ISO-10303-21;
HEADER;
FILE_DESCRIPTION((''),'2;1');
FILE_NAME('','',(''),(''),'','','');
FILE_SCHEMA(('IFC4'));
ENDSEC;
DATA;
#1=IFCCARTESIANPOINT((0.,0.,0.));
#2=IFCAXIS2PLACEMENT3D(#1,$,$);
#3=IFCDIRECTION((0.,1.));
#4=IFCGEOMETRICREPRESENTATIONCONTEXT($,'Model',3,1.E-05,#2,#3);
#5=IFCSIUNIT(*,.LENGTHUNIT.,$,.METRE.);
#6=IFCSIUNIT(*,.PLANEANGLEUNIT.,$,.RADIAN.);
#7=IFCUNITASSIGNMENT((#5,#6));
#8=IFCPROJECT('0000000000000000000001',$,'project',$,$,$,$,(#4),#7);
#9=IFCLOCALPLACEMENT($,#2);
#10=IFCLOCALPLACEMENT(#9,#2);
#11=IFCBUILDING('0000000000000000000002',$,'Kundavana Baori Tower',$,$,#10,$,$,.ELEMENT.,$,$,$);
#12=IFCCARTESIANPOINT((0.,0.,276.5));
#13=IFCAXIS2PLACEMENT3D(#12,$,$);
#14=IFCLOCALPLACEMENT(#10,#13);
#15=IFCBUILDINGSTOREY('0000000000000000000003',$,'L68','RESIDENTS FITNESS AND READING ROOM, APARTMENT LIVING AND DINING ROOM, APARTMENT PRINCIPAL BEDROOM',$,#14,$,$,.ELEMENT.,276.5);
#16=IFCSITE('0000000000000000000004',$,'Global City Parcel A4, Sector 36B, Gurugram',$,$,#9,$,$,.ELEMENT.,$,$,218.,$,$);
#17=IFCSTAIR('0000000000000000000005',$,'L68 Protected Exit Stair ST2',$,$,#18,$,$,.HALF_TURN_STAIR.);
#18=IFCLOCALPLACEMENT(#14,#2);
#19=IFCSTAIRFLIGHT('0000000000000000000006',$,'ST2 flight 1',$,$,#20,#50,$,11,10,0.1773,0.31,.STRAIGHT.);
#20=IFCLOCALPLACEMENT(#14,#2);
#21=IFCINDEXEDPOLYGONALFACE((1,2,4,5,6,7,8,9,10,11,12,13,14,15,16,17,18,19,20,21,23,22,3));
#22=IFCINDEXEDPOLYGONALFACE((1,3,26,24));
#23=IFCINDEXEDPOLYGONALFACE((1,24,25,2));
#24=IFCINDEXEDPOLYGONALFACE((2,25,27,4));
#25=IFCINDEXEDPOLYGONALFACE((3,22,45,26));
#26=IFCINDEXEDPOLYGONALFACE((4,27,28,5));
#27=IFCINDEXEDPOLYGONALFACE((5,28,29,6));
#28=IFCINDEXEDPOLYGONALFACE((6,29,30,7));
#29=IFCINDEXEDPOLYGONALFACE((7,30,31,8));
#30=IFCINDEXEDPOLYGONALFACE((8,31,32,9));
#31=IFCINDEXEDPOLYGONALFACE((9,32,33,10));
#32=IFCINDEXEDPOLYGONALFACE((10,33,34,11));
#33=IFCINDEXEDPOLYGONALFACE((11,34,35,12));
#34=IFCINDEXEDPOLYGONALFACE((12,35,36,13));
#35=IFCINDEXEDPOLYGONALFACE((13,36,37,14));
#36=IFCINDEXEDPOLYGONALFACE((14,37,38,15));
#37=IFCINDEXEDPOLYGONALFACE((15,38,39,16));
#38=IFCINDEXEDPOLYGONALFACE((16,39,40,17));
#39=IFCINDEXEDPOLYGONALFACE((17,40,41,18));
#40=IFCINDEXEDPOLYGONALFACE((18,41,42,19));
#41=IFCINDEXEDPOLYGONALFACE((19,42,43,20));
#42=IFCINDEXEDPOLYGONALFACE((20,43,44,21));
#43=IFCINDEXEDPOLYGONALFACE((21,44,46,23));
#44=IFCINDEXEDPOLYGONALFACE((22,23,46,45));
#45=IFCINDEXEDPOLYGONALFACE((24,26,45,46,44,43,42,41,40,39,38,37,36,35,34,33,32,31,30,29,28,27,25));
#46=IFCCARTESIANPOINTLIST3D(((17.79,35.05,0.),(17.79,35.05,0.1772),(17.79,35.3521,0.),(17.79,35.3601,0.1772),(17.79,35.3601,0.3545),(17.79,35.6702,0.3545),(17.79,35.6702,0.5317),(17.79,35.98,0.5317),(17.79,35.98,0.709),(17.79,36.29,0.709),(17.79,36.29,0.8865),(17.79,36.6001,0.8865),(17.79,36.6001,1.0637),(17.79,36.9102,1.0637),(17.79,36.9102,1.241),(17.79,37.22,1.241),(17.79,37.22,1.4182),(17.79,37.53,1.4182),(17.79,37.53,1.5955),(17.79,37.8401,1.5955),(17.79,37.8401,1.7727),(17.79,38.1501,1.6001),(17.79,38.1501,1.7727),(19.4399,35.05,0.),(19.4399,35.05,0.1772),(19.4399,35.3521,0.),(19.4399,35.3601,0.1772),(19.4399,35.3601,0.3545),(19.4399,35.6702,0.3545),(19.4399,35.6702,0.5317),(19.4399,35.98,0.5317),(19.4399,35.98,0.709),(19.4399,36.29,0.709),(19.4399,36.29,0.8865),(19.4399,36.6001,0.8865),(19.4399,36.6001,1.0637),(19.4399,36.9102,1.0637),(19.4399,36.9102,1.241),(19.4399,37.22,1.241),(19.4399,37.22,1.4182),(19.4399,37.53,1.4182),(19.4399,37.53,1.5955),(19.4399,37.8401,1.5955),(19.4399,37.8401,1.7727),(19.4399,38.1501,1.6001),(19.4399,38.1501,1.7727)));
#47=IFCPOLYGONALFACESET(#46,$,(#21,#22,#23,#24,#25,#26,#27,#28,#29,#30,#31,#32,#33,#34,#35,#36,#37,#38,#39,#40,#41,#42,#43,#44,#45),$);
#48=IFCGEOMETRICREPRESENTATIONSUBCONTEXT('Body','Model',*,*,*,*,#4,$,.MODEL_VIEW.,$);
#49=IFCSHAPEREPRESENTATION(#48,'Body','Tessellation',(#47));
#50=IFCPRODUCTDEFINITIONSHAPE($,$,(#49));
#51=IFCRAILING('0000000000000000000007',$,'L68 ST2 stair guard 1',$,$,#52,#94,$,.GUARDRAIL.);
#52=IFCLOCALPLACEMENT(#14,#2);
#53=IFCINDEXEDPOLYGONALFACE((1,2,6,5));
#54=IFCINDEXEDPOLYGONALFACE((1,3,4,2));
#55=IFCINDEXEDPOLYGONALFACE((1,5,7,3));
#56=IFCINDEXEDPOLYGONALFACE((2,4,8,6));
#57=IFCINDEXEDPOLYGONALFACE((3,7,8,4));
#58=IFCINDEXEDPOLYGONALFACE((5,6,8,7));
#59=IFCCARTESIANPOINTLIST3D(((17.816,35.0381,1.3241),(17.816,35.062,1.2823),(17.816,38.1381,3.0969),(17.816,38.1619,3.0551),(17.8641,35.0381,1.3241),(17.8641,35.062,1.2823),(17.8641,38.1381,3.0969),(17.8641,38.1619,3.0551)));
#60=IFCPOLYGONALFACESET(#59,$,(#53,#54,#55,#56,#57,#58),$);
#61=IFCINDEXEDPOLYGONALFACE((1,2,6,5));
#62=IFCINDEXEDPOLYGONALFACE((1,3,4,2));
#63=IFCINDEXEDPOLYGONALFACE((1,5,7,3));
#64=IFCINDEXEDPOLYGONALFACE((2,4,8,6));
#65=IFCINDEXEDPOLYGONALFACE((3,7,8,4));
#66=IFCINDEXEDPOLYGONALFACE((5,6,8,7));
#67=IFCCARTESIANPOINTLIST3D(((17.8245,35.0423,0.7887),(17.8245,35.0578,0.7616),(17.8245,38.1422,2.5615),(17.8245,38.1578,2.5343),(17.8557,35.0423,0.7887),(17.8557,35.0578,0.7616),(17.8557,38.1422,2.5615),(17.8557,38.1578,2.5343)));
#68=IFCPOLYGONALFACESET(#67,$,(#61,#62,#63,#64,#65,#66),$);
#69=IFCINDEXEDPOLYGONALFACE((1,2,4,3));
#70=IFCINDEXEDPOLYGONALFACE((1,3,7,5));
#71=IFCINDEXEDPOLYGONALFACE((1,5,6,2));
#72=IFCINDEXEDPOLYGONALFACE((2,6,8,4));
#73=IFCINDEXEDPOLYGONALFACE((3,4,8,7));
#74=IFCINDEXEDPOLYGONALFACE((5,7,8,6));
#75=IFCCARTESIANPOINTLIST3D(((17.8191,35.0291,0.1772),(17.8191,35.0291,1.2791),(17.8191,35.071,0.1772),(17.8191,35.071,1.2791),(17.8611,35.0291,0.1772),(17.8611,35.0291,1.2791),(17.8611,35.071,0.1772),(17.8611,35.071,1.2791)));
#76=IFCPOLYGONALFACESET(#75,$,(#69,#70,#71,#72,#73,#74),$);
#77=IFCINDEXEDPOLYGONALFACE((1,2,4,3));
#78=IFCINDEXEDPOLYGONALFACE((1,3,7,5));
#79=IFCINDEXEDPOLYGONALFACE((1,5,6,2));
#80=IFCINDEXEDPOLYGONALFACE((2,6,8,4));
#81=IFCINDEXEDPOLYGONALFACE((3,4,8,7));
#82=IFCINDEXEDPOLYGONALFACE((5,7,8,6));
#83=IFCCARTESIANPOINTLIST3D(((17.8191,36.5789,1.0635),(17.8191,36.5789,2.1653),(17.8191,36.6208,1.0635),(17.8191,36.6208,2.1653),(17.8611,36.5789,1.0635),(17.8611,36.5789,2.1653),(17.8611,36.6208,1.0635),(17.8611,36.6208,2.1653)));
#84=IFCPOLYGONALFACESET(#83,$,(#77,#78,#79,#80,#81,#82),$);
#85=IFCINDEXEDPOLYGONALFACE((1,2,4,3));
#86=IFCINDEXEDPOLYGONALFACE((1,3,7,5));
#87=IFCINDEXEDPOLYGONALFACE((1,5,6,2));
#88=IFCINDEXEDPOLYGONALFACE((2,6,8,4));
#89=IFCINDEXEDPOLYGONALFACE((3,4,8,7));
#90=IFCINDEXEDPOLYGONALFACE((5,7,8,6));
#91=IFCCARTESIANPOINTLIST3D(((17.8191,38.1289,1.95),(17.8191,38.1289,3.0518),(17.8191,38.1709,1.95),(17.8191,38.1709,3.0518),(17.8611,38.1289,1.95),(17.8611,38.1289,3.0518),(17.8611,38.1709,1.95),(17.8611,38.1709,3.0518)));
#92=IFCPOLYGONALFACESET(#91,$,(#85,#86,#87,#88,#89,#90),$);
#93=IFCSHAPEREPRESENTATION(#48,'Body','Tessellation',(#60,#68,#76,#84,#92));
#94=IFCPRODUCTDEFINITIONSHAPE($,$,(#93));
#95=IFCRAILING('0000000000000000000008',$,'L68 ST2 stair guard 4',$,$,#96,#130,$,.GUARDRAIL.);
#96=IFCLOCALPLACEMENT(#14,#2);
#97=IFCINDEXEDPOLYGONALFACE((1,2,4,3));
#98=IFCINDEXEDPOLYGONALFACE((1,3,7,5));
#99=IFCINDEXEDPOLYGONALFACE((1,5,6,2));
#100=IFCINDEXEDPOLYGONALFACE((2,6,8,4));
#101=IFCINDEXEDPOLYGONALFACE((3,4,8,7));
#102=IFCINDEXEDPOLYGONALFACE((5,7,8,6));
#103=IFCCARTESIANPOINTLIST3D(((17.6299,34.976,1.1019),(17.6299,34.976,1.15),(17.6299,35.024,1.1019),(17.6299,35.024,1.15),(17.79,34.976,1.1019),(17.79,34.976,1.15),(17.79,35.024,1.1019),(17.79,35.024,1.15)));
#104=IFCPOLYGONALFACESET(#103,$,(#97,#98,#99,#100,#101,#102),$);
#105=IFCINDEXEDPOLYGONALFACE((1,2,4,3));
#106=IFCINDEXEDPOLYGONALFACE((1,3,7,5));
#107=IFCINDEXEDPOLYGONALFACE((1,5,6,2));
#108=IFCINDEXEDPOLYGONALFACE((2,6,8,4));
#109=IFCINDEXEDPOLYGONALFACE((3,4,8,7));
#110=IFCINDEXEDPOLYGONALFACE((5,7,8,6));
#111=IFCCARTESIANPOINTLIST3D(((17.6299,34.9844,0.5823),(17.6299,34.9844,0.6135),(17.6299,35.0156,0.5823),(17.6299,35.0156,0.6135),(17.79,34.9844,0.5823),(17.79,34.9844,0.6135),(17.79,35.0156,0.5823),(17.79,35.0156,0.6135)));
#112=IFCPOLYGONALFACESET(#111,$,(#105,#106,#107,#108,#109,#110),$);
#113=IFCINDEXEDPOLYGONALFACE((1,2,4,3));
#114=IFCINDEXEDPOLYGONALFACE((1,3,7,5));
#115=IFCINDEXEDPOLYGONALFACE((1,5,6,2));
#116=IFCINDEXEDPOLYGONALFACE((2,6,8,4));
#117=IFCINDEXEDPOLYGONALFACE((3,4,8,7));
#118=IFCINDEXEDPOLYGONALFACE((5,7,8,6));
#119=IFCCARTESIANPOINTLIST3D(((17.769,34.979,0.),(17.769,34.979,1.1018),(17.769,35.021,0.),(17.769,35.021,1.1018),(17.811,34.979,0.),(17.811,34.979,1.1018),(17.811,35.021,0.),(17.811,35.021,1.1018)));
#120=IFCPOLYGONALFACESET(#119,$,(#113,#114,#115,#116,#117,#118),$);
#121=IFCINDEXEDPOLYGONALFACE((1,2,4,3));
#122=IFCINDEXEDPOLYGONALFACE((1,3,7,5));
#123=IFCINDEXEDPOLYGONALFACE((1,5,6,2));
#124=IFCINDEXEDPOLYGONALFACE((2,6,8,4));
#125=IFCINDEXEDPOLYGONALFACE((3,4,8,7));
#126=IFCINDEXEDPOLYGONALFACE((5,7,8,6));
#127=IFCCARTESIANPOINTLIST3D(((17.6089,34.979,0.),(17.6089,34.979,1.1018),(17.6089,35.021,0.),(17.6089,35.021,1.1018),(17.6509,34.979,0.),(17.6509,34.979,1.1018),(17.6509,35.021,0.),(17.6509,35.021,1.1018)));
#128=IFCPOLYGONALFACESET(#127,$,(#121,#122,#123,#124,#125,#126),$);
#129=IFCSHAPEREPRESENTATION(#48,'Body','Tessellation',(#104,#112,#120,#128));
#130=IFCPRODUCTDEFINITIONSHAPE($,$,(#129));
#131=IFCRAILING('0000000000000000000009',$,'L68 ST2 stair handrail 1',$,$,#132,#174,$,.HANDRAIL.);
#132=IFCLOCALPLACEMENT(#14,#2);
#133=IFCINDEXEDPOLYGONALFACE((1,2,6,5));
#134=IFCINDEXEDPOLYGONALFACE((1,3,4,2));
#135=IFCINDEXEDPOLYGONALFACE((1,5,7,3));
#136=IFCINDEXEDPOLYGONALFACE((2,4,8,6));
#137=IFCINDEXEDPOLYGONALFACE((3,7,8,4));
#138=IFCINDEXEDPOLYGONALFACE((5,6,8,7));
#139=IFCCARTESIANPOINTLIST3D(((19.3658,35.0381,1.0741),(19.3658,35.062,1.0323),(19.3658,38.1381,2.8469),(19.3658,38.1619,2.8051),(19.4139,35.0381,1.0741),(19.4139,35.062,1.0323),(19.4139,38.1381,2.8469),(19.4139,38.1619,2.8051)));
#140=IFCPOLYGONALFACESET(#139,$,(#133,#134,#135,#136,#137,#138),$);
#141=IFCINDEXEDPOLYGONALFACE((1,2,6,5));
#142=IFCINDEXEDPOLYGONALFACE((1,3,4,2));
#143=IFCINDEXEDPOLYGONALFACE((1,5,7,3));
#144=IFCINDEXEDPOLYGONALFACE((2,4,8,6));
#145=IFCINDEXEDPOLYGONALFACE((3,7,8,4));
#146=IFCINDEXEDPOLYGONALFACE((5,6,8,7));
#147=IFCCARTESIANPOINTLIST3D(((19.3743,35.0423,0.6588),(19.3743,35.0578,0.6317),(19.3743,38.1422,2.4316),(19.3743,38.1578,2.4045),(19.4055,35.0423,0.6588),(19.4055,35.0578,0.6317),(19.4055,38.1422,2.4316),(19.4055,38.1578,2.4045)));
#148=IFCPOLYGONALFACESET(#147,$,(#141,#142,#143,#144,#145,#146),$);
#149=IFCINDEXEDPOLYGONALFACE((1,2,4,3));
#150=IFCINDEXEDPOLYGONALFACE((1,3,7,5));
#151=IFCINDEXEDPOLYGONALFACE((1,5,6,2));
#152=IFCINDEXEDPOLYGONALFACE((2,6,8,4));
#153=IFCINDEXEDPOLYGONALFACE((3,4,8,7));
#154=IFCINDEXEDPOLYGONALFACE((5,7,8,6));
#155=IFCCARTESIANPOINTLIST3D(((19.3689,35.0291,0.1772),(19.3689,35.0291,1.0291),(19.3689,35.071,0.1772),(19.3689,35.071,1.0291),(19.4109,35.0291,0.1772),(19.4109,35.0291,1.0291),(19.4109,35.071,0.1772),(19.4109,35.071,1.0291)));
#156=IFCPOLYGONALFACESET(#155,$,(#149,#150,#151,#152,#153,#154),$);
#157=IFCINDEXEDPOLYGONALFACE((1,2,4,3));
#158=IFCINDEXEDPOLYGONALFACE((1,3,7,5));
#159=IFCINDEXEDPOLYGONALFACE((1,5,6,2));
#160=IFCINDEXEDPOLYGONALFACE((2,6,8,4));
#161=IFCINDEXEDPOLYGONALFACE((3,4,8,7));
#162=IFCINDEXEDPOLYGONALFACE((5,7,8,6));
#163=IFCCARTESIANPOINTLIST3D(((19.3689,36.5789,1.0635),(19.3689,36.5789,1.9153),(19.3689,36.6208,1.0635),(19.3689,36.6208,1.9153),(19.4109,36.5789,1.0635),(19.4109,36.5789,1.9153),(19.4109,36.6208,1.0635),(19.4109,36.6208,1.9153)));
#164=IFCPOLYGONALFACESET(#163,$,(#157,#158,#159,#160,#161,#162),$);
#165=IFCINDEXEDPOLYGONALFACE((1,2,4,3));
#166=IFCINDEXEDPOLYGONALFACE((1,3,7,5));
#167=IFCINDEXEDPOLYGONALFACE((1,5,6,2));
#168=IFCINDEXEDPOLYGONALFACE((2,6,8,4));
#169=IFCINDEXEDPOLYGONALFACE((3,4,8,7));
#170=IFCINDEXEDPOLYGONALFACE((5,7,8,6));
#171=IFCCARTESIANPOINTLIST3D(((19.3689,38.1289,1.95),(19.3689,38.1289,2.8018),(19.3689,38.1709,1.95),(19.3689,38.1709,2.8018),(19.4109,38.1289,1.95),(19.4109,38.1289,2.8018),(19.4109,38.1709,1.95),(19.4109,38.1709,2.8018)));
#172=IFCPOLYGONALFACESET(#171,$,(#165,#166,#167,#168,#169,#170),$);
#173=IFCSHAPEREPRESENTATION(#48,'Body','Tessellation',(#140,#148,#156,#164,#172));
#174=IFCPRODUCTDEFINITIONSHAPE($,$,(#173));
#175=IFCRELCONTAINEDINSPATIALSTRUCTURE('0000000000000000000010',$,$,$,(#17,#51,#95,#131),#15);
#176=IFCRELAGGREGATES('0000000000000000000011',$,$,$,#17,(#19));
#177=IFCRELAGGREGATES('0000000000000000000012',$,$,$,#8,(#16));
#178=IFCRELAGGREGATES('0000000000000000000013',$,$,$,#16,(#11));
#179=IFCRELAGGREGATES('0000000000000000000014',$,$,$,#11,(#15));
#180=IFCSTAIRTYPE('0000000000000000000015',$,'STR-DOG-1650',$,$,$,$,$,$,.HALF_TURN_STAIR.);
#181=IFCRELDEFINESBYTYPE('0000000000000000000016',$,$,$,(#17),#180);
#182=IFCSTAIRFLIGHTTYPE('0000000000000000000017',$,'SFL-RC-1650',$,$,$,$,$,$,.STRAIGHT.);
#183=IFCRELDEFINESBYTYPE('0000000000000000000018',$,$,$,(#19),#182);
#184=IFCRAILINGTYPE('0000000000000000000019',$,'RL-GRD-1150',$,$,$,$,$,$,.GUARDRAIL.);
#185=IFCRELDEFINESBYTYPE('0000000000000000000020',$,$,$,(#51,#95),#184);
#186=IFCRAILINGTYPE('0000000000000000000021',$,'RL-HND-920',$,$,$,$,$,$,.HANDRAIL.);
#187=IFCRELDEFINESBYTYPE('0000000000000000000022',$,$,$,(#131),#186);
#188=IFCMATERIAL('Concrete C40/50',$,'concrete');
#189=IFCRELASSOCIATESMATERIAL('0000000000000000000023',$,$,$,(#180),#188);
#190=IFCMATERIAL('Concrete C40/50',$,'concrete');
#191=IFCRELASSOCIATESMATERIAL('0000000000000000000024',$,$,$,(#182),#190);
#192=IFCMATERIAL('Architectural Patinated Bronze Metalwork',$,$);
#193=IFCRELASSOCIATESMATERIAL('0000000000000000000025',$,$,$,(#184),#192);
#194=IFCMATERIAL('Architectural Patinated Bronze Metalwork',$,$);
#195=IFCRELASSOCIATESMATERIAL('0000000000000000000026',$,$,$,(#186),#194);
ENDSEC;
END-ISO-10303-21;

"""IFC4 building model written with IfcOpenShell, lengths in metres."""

from ifc_helpers import new_model, si_unit, direction, frame, origin, origin_2d, place, context, subcontext, project, spatial, polyline, rectangle, outline, extrude, material, type_object, element, aggregate, save


model = new_model("IFC4")

# Units and contexts
model_context = context("Model", 3, precision=1e-05, world=origin(), true_north=direction((0.0, 1.0)))
body_context = subcontext(model_context, "Body", "Model", "MODEL_VIEW")
ifc_project = project(units=[si_unit("LENGTHUNIT", "METRE"), si_unit("PLANEANGLEUNIT", "RADIAN")], contexts=[model_context])

# Site, building, storey
site_placement = place(None, origin())
site = spatial("IfcSite", under=ifc_project, at=site_placement, Name="Global City Parcel A4, Sector 36B, Gurugram", CompositionType="ELEMENT", RefElevation=218.0)
building_placement = place(site_placement, origin())
building = spatial("IfcBuilding", under=site, at=building_placement, Name="Kundavana Baori Tower", CompositionType="ELEMENT")
storey_placement = place(building_placement, frame((0.0, 0.0, 276.5)))
storey = spatial("IfcBuildingStorey", under=building, at=storey_placement, Name="L68", Description="RESIDENTS FITNESS AND READING ROOM, APARTMENT LIVING AND DINING ROOM, APARTMENT PRINCIPAL BEDROOM", CompositionType="ELEMENT", Elevation=276.5)

# Stair, stair flight
ifc_material_1 = material(Name="Concrete C40/50", Category="concrete")
stair_type = type_object("IfcStairType", Name="STR-DOG-1650", PredefinedType="HALF_TURN_STAIR", material=ifc_material_1)
stair_placement = place(storey_placement, origin())
stair = element("IfcStair", 1, at=stair_placement, inside=storey, type_object=stair_type, Name="L68 Protected Exit Stair ST2", PredefinedType="HALF_TURN_STAIR")
ifc_material_2 = material(Name="Concrete C40/50", Category="concrete")
stair_flight_type = type_object("IfcStairFlightType", Name="SFL-RC-1650", PredefinedType="STRAIGHT", material=ifc_material_2)
stair_flight_placement = place(storey_placement, frame((18.615, 35.05, 0.0), z_axis=(0.0, 0.0, 1.0), x_axis=(0.0, 1.0, 0.0)))
stair_flight = element("IfcStairFlight", 2, at=stair_flight_placement, type_object=stair_flight_type, Name="ST2 flight 1", NumberOfRisers=11, NumberOfTreads=10, PredefinedType="STRAIGHT", RiserHeight=0.1773, TreadLength=0.31, context=body_context, shape_type="SweptSolid", body=[
    extrude(outline(polyline([(0.0, 0.0), (0.0, 0.1772), (0.3101, 0.1772), (0.3101, 0.3545), (0.6201, 0.3545), (0.6201, 0.5317), (0.9299, 0.5317), (0.9299, 0.709), (1.24, 0.709), (1.24, 0.8865), (1.55, 0.8865), (1.55, 1.0637), (1.8601, 1.0637), (1.8601, 1.241), (2.1699, 1.241), (2.1699, 1.4182), (2.48, 1.4182), (2.48, 1.5955), (2.79, 1.5955), (2.79, 1.7727), (3.1001, 1.7727), (3.1001, 1.95), (3.1001, 1.6001), (0.302, 0.0), (0.0, 0.0)])), frame((0.0, 0.825, 0.0), z_axis=(0.0, -1.0, 0.0), x_axis=(1.0, 0.0, 0.0)), (0.0, 0.0, 1.0), 1.6499),
])
aggregate(stair, [stair_flight])

# Railings
ifc_material_3 = material(Name="Architectural Patinated Bronze Metalwork")
railing_type_1 = type_object("IfcRailingType", Name="RL-GRD-1150", PredefinedType="GUARDRAIL", material=ifc_material_3)
railing_1_placement = place(storey_placement, frame((17.8401, 35.05, 0.1772)))
element("IfcRailing", 3, at=railing_1_placement, inside=storey, type_object=railing_type_1, Name="L68 ST2 stair guard 1", PredefinedType="GUARDRAIL", context=body_context, shape_type="SweptSolid", body=[
    extrude(rectangle(XDim=0.0481, YDim=0.0481, at=origin_2d()), frame((0.0, 0.0, 1.126), z_axis=(0.0, 0.868079, 0.496426), x_axis=(-1.0, 0.0, 0.0)), (0.0, 0.0, 1.0), 3.571),
    extrude(rectangle(XDim=0.0312, YDim=0.0312, at=origin_2d()), frame((0.0, 0.0, 0.5979), z_axis=(0.0, 0.868079, 0.496426), x_axis=(-1.0, 0.0, 0.0)), (0.0, 0.0, 1.0), 3.571),
    extrude(rectangle(XDim=0.042, YDim=0.042, at=origin_2d()), origin(), (0.0, 0.0, 1.0), 1.1018),
    extrude(rectangle(XDim=0.042, YDim=0.042, at=origin_2d()), frame((0.0, 1.5498, 0.8862)), (0.0, 0.0, 1.0), 1.1018),
    extrude(rectangle(XDim=0.042, YDim=0.042, at=origin_2d()), frame((0.0, 3.0999, 1.7727)), (0.0, 0.0, 1.0), 1.1018),
])
railing_2_placement = place(storey_placement, frame((17.79, 35.0, 0.0)))
element("IfcRailing", 4, at=railing_2_placement, inside=storey, type_object=railing_type_1, Name="L68 ST2 stair guard 4", PredefinedType="GUARDRAIL", context=body_context, shape_type="SweptSolid", body=[
    extrude(rectangle(XDim=0.0481, YDim=0.0481, at=origin_2d()), frame((0.0, 0.0, 1.126), z_axis=(-1.0, 0.0, 0.0), x_axis=(0.0, -1.0, 0.0)), (0.0, 0.0, 1.0), 0.1602),
    extrude(rectangle(XDim=0.0312, YDim=0.0312, at=origin_2d()), frame((0.0, 0.0, 0.5979), z_axis=(-1.0, 0.0, 0.0), x_axis=(0.0, -1.0, 0.0)), (0.0, 0.0, 1.0), 0.1602),
    extrude(rectangle(XDim=0.042, YDim=0.042, at=origin_2d()), origin(), (0.0, 0.0, 1.0), 1.1018),
    extrude(rectangle(XDim=0.042, YDim=0.042, at=origin_2d()), frame((-0.1602, 0.0, 0.0)), (0.0, 0.0, 1.0), 1.1018),
])
ifc_material_4 = material(Name="Architectural Patinated Bronze Metalwork")
railing_type_2 = type_object("IfcRailingType", Name="RL-HND-920", PredefinedType="HANDRAIL", material=ifc_material_4)
railing_3_placement = place(storey_placement, frame((19.3899, 35.05, 0.1772)))
element("IfcRailing", 5, at=railing_3_placement, inside=storey, type_object=railing_type_2, Name="L68 ST2 stair handrail 1", PredefinedType="HANDRAIL", context=body_context, shape_type="SweptSolid", body=[
    extrude(rectangle(XDim=0.0481, YDim=0.0481, at=origin_2d()), frame((0.0, 0.0, 0.876), z_axis=(0.0, 0.868079, 0.496426), x_axis=(-1.0, 0.0, 0.0)), (0.0, 0.0, 1.0), 3.571),
    extrude(rectangle(XDim=0.0312, YDim=0.0312, at=origin_2d()), frame((0.0, 0.0, 0.468), z_axis=(0.0, 0.868079, 0.496426), x_axis=(-1.0, 0.0, 0.0)), (0.0, 0.0, 1.0), 3.571),
    extrude(rectangle(XDim=0.042, YDim=0.042, at=origin_2d()), origin(), (0.0, 0.0, 1.0), 0.8518),
    extrude(rectangle(XDim=0.042, YDim=0.042, at=origin_2d()), frame((0.0, 1.5498, 0.8862)), (0.0, 0.0, 1.0), 0.8518),
    extrude(rectangle(XDim=0.042, YDim=0.042, at=origin_2d()), frame((0.0, 3.0999, 1.7727)), (0.0, 0.0, 1.0), 0.8518),
])

save(model, "model.ifc")
